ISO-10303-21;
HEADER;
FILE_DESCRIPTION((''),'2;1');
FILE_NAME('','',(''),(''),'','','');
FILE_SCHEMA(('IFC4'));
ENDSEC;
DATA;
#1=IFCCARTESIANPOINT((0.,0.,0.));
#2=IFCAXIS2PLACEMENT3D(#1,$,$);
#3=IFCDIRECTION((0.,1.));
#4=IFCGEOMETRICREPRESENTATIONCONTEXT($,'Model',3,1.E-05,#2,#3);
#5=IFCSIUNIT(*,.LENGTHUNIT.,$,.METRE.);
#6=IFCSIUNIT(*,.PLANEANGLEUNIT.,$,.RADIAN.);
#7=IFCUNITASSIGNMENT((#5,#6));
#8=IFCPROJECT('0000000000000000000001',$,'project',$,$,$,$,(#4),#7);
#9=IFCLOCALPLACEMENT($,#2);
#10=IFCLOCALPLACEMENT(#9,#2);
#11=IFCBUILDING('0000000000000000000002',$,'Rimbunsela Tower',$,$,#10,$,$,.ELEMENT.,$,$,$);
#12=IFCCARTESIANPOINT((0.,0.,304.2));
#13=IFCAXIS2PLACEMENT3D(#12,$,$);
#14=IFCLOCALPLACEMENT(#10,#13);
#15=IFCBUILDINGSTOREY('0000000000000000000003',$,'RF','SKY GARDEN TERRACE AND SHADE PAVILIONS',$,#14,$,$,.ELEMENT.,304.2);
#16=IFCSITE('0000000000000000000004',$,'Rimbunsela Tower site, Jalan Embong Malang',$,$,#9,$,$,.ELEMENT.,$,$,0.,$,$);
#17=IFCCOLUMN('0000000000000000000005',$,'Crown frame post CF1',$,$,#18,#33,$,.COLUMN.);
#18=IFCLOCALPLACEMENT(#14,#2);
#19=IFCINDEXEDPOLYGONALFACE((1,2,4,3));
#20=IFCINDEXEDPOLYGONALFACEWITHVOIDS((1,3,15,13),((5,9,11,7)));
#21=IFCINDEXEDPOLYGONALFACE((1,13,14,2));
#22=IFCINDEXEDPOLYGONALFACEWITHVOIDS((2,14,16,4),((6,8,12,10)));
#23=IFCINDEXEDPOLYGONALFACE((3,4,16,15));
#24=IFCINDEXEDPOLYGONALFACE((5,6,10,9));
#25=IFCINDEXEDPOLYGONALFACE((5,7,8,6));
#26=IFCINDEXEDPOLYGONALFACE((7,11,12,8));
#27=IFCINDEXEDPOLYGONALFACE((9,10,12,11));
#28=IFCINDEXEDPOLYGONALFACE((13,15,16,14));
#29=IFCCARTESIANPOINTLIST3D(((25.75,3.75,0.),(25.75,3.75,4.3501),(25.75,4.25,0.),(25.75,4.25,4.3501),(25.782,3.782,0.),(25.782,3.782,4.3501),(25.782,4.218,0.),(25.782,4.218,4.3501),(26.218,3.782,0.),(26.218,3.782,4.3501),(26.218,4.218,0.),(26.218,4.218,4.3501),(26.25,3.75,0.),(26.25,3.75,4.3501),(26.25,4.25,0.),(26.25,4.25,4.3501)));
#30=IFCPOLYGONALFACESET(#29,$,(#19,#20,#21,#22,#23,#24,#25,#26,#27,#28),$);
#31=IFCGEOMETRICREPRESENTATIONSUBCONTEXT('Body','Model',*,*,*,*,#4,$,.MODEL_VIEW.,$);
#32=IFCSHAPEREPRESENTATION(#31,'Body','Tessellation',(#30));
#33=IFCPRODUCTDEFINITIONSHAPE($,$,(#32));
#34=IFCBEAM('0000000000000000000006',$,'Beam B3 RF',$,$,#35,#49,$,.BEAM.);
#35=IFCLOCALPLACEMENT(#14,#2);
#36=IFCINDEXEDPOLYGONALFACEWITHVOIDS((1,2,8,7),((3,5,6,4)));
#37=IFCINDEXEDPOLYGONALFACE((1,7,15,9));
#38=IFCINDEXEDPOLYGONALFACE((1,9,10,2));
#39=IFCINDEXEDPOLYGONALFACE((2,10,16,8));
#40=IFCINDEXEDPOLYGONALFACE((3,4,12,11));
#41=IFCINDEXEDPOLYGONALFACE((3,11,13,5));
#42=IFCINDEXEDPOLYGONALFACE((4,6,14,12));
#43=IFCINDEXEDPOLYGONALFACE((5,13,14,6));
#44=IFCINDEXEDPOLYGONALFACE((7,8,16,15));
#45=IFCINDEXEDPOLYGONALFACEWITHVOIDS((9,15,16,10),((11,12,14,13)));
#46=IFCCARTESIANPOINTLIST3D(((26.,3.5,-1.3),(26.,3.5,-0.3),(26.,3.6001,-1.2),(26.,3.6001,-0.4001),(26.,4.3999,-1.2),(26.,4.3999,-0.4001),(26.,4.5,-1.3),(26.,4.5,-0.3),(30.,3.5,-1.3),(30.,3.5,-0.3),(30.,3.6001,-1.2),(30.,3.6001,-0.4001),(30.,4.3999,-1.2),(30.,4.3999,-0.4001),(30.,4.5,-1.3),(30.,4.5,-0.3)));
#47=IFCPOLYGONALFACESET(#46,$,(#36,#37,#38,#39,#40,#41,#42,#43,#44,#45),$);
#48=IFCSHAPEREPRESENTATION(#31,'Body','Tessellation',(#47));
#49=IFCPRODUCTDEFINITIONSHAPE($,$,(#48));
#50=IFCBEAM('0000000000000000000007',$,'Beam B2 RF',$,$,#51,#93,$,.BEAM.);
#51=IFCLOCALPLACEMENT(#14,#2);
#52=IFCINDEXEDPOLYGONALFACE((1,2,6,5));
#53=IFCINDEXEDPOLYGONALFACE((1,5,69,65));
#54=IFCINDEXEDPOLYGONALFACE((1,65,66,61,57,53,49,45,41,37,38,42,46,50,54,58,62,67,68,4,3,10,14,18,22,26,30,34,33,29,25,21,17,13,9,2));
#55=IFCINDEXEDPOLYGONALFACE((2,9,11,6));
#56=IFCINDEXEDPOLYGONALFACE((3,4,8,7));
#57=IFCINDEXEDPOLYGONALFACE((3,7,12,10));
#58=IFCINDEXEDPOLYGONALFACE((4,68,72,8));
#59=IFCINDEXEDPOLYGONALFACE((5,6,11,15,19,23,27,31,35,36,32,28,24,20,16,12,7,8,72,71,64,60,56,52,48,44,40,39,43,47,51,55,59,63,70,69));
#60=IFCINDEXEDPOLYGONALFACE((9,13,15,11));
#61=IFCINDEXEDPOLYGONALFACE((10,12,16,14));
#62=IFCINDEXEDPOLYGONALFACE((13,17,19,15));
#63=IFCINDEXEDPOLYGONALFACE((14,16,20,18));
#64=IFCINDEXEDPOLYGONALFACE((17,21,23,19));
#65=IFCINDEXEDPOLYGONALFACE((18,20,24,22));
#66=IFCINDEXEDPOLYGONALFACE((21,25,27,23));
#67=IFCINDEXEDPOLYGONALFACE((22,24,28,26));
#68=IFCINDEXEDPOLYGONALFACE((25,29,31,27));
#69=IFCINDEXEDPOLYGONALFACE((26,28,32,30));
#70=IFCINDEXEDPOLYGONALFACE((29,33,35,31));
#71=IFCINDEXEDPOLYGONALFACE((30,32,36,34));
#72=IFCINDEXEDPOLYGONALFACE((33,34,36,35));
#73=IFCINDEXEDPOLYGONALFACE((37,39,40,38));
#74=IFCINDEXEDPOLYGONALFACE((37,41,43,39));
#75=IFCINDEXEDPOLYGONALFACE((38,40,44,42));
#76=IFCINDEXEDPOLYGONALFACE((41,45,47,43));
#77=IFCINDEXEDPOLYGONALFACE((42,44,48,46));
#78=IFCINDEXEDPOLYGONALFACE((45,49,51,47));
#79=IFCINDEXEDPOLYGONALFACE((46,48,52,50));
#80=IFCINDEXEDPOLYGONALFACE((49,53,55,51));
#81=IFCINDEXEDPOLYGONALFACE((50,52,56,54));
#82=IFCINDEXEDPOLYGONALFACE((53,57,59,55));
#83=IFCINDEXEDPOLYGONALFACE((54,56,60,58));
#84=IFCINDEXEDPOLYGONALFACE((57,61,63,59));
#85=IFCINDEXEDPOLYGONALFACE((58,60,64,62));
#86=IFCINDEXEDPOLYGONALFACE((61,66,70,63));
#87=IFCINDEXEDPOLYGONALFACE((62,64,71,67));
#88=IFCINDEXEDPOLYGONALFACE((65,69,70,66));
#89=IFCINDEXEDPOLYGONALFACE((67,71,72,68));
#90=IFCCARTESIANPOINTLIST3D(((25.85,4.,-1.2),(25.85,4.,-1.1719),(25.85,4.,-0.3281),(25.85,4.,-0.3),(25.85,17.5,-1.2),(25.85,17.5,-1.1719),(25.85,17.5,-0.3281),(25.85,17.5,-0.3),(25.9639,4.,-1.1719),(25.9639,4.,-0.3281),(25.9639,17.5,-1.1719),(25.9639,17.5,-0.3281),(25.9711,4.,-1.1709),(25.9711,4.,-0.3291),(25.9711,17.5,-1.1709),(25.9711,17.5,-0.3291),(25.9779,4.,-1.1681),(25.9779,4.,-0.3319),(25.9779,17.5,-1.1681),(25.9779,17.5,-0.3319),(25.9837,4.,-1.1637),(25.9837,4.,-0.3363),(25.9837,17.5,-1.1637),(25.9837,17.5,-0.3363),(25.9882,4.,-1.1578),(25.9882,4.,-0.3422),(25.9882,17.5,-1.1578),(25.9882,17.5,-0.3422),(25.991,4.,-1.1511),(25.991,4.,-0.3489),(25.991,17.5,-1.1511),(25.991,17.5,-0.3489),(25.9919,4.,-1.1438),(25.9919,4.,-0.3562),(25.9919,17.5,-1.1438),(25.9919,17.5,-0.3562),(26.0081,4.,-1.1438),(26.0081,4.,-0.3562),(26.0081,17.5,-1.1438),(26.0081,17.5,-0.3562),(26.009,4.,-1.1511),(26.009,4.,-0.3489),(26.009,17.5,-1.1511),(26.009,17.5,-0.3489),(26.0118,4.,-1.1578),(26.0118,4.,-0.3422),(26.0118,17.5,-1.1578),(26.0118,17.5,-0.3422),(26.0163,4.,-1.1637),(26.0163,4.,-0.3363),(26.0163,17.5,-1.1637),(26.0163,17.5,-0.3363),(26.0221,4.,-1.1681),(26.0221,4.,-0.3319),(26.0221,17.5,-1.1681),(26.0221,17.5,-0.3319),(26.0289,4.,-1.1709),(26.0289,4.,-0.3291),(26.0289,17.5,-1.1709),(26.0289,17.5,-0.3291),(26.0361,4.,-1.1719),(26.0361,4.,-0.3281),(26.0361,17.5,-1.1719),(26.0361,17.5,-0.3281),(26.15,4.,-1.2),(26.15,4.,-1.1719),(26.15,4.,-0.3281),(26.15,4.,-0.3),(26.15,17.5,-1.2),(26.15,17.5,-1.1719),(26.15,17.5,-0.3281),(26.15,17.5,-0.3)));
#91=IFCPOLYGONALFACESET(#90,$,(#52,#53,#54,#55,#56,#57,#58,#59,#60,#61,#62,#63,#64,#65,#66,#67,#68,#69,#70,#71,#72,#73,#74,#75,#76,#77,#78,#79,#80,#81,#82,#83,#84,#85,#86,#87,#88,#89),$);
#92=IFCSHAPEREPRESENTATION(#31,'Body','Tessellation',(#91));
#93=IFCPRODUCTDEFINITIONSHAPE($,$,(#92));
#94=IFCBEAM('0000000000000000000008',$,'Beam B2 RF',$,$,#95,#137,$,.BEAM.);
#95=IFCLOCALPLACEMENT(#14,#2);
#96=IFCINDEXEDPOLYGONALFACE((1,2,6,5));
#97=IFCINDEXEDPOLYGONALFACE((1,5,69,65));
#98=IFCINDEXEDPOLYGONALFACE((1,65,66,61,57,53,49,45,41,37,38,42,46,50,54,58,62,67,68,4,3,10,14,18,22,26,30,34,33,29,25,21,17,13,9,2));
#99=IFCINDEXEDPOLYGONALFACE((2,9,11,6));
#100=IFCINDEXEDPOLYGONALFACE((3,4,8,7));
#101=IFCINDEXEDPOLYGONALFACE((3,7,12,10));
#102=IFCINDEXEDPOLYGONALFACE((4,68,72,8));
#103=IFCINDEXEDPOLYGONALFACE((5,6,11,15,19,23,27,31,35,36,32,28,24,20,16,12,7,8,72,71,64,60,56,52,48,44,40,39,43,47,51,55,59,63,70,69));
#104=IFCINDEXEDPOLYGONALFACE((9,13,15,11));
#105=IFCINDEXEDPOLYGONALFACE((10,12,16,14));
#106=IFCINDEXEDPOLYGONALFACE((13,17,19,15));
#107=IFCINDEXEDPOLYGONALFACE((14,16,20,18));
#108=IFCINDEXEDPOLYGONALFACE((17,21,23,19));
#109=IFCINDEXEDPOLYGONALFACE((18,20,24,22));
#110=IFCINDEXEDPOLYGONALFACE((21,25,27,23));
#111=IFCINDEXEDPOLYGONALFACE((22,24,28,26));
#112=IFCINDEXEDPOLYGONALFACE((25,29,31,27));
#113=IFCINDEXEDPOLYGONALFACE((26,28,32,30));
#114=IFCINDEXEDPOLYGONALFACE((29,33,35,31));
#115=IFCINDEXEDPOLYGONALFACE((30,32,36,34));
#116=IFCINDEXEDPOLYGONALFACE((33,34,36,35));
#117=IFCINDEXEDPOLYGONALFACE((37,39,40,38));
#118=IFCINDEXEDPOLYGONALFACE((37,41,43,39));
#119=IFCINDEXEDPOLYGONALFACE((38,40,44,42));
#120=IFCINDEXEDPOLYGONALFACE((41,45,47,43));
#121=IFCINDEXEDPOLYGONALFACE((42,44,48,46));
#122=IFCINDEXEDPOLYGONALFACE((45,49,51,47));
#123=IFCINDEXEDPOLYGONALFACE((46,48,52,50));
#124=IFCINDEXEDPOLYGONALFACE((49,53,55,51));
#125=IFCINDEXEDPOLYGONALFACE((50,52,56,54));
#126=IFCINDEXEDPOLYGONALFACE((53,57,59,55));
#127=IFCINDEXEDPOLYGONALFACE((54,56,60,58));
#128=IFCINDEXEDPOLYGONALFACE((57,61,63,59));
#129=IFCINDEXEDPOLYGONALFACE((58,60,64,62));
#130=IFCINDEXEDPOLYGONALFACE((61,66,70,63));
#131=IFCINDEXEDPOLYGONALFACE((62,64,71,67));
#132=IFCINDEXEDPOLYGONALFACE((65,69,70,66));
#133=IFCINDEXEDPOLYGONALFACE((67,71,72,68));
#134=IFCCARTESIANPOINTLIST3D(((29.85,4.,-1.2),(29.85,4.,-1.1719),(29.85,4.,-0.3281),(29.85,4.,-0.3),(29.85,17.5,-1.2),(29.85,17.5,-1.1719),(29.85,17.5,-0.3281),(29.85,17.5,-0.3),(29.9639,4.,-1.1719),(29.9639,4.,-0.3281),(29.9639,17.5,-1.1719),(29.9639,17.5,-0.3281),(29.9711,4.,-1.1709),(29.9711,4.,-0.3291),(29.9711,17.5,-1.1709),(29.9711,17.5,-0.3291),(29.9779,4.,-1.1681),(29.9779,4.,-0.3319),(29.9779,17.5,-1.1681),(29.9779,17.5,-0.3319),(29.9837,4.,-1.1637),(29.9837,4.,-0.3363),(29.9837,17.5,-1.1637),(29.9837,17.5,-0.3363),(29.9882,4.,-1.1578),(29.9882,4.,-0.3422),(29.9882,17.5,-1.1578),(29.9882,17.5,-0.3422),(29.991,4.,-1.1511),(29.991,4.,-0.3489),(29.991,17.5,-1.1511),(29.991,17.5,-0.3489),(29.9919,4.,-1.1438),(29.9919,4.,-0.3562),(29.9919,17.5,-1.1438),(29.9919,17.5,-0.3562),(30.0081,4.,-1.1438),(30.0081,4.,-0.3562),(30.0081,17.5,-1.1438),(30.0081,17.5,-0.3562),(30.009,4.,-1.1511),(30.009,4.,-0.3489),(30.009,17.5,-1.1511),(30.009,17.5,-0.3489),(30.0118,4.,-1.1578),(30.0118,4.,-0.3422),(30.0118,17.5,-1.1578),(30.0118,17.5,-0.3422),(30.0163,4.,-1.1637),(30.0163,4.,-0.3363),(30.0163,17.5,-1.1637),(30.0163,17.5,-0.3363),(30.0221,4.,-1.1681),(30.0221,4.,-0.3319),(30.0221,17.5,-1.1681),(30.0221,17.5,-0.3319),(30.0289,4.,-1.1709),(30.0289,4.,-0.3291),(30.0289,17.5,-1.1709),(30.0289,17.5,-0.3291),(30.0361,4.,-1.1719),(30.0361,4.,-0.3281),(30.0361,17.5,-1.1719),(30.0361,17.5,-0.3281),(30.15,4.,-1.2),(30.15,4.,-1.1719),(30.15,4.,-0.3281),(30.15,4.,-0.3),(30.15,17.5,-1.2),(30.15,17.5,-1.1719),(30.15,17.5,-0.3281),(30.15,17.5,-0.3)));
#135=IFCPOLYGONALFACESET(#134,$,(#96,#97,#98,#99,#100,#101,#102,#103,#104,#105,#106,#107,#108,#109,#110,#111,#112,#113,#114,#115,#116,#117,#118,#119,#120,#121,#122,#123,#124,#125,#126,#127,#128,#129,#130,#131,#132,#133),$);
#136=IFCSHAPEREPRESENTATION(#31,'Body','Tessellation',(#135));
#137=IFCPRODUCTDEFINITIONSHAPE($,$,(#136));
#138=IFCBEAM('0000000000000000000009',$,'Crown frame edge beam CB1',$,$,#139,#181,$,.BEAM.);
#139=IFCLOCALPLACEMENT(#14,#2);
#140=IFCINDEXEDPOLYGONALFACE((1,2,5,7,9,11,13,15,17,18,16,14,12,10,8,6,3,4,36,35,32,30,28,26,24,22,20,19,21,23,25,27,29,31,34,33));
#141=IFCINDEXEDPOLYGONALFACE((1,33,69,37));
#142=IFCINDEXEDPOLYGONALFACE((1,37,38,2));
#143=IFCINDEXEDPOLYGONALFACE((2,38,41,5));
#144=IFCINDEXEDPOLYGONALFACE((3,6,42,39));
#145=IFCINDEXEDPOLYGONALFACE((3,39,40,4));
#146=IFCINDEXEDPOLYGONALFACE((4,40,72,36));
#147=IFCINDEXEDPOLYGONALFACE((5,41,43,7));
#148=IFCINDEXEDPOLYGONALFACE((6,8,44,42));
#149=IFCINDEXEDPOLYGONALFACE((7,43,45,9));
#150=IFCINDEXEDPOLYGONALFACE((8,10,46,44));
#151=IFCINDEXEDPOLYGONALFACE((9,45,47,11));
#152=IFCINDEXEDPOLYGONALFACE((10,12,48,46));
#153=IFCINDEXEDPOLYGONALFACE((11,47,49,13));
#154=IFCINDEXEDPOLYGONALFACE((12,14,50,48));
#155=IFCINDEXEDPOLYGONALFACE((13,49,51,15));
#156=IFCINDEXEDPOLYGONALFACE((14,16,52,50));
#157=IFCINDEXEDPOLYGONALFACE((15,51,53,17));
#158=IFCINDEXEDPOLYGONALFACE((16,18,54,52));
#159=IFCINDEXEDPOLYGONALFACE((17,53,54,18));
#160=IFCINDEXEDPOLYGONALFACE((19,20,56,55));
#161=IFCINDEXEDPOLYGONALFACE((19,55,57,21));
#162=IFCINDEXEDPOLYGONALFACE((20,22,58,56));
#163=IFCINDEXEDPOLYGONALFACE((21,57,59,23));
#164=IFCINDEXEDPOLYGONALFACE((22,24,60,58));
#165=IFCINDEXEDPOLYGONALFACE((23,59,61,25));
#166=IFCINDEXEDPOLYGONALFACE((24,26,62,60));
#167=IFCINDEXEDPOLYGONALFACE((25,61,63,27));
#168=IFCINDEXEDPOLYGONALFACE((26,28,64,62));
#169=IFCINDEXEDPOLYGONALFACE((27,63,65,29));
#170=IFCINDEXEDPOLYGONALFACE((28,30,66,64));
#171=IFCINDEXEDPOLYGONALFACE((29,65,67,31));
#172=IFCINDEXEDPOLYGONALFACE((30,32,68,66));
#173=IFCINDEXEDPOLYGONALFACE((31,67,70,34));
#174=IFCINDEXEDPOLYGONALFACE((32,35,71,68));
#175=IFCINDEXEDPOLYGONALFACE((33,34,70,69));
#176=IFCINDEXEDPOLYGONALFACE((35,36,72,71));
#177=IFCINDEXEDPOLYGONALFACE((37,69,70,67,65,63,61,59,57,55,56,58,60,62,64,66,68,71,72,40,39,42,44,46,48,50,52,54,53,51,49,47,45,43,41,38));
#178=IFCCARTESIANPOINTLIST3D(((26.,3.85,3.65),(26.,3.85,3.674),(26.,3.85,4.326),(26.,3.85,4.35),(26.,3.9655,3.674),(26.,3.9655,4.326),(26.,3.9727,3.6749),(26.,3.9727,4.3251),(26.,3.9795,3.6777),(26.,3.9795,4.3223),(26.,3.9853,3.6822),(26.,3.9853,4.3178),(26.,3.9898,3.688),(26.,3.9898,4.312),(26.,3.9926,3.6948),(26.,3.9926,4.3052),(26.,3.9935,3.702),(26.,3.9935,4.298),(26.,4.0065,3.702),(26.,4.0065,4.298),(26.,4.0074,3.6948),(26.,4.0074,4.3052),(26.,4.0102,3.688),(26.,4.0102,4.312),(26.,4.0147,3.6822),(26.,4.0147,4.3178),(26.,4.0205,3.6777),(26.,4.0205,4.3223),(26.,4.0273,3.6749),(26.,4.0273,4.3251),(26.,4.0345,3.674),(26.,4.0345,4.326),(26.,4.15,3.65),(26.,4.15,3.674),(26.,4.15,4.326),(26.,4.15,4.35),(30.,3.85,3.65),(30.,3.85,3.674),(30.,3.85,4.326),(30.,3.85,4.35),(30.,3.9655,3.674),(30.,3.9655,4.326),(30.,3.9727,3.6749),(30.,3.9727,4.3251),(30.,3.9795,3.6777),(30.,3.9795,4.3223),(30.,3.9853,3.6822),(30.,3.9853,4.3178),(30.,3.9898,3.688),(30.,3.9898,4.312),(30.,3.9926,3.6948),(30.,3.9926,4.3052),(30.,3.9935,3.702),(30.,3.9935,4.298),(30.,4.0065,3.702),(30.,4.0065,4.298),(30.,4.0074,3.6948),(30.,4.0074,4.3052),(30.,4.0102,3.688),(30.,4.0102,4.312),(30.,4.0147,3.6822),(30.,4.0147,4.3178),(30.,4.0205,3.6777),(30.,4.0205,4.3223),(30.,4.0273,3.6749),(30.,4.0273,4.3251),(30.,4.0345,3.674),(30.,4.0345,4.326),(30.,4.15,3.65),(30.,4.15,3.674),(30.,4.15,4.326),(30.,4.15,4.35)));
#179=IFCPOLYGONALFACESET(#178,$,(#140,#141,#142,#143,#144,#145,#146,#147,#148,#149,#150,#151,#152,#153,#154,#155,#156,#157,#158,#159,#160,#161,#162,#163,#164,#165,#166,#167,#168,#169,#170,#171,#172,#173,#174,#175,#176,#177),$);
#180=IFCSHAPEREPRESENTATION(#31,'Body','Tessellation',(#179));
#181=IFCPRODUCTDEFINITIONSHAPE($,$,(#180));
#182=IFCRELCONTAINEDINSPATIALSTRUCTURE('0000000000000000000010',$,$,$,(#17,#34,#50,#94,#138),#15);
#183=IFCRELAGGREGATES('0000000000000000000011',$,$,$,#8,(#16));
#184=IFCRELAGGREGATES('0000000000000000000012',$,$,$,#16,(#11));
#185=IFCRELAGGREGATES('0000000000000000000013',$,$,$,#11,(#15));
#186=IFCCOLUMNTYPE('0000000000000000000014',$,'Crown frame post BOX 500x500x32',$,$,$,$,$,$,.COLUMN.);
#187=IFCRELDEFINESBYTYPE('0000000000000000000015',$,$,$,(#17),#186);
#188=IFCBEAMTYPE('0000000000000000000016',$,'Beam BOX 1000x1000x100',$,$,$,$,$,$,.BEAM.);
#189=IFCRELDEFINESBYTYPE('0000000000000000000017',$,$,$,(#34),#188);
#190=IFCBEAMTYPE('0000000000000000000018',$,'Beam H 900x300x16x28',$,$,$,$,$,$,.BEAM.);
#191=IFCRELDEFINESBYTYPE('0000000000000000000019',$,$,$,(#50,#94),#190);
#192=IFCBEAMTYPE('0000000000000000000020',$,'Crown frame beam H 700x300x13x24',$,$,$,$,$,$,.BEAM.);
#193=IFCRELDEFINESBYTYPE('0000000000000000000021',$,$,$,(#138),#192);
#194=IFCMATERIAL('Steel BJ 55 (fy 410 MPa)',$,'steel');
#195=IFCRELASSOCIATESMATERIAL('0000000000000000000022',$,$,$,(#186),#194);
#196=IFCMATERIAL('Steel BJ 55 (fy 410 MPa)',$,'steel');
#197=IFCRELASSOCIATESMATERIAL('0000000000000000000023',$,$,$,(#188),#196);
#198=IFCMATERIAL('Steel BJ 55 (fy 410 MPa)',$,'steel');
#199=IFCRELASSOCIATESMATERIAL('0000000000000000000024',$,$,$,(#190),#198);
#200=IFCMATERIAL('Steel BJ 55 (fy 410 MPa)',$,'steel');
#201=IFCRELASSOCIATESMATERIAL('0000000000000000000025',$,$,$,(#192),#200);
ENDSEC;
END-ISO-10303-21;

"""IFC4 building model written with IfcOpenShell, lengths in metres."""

from ifc_helpers import new_model, si_unit, direction, frame, origin, origin_2d, place, context, subcontext, project, spatial, hollow_rectangle, i_section, extrude, material, material_profile, profile_set, type_object, element, save


model = new_model("IFC4")

# Units and contexts
model_context = context("Model", 3, precision=1e-05, world=origin(), true_north=direction((0.0, 1.0)))
body_context = subcontext(model_context, "Body", "Model", "MODEL_VIEW")
ifc_project = project(units=[si_unit("LENGTHUNIT", "METRE"), si_unit("PLANEANGLEUNIT", "RADIAN")], contexts=[model_context])

# Site, building, storey
site_placement = place(None, origin())
site = spatial("IfcSite", under=ifc_project, at=site_placement, Name="Rimbunsela Tower site, Jalan Embong Malang", CompositionType="ELEMENT", RefElevation=0.0)
building_placement = place(site_placement, origin())
building = spatial("IfcBuilding", under=site, at=building_placement, Name="Rimbunsela Tower", CompositionType="ELEMENT")
storey_placement = place(building_placement, frame((0.0, 0.0, 304.2)))
storey = spatial("IfcBuildingStorey", under=building, at=storey_placement, Name="RF", Description="SKY GARDEN TERRACE AND SHADE PAVILIONS", CompositionType="ELEMENT", Elevation=304.2)

# Column
ifc_material_1 = material(Name="Steel BJ 55 (fy 410 MPa)", Category="steel")
ifc_material_profile_1 = material_profile(ifc_material_1, hollow_rectangle(XDim=0.5, YDim=0.5, WallThickness=0.032, at=origin_2d()), Name="BOX 500x500x32")
ifc_profile_set_1 = profile_set([ifc_material_profile_1], Name="Steel BJ 55 (fy 410 MPa)")
column_type = type_object("IfcColumnType", Name="Crown frame post BOX 500x500x32", PredefinedType="COLUMN", material=ifc_profile_set_1)
column_placement = place(storey_placement, frame((26.0, 4.0, 0.0), z_axis=(0.0, 0.0, 1.0), x_axis=(1.0, 0.0, 0.0)))
element("IfcColumn", 1, at=column_placement, inside=storey, type_object=column_type, Name="Crown frame post CF1", PredefinedType="COLUMN", context=body_context, shape_type="SweptSolid", body=[
    extrude(hollow_rectangle(XDim=0.5, YDim=0.5, WallThickness=0.032, at=origin_2d()), origin(), (0.0, 0.0, 1.0), 4.3501),
])

# Beams
ifc_material_2 = material(Name="Steel BJ 55 (fy 410 MPa)", Category="steel")
ifc_material_profile_2 = material_profile(ifc_material_2, hollow_rectangle(XDim=1.0, YDim=1.0, WallThickness=0.1001, at=origin_2d()), Name="BOX 1000x1000x100")
ifc_profile_set_2 = profile_set([ifc_material_profile_2], Name="Steel BJ 55 (fy 410 MPa)")
beam_type_1 = type_object("IfcBeamType", Name="Beam BOX 1000x1000x100", PredefinedType="BEAM", material=ifc_profile_set_2)
beam_1_placement = place(storey_placement, frame((26.0, 4.0, -0.8), z_axis=(1.0, 0.0, 0.0), x_axis=(0.0, 1.0, 0.0)))
element("IfcBeam", 2, at=beam_1_placement, inside=storey, type_object=beam_type_1, Name="Beam B3 RF", PredefinedType="BEAM", context=body_context, shape_type="SweptSolid", body=[
    extrude(hollow_rectangle(XDim=1.0, YDim=1.0, WallThickness=0.1001, at=origin_2d()), origin(), (0.0, 0.0, 1.0), 4.0),
])
ifc_material_3 = material(Name="Steel BJ 55 (fy 410 MPa)", Category="steel")
ifc_material_profile_3 = material_profile(ifc_material_3, i_section(OverallWidth=0.3, OverallDepth=0.8999, WebThickness=0.0161, FlangeThickness=0.0281, FilletRadius=0.0281, at=origin_2d()), Name="H 900x300x16x28")
ifc_profile_set_3 = profile_set([ifc_material_profile_3], Name="Steel BJ 55 (fy 410 MPa)")
beam_type_2 = type_object("IfcBeamType", Name="Beam H 900x300x16x28", PredefinedType="BEAM", material=ifc_profile_set_3)
for number, where, z_axis, x_axis, name in (
    (3, (26.0, 4.0, -0.75), (0.0, 1.0, 0.0), (-1.0, 0.0, 0.0), "Beam B2 RF"),
    (4, (30.0, 4.0, -0.75), (0.0, 1.0, 0.0), (-1.0, 0.0, 0.0), "Beam B2 RF"),
):
    element("IfcBeam", number, at=place(storey_placement, frame(where, z_axis=z_axis, x_axis=x_axis)), inside=storey, type_object=beam_type_2, Name=name, PredefinedType="BEAM", context=body_context, shape_type="SweptSolid", body=[
        extrude(i_section(OverallWidth=0.3, OverallDepth=0.8999, WebThickness=0.0161, FlangeThickness=0.0281, FilletRadius=0.0281, at=origin_2d()), origin(), (0.0, 0.0, 1.0), 13.5),
    ])
ifc_material_4 = material(Name="Steel BJ 55 (fy 410 MPa)", Category="steel")
ifc_material_profile_4 = material_profile(ifc_material_4, i_section(OverallWidth=0.3, OverallDepth=0.7, WebThickness=0.0129, FlangeThickness=0.0239, FilletRadius=0.0281, at=origin_2d()), Name="H 700x300x13x24")
ifc_profile_set_4 = profile_set([ifc_material_profile_4], Name="Steel BJ 55 (fy 410 MPa)")
beam_type_3 = type_object("IfcBeamType", Name="Crown frame beam H 700x300x13x24", PredefinedType="BEAM", material=ifc_profile_set_4)
beam_2_placement = place(storey_placement, frame((26.0, 4.0, 4.0), z_axis=(1.0, 0.0, 0.0), x_axis=(0.0, 1.0, 0.0)))
element("IfcBeam", 5, at=beam_2_placement, inside=storey, type_object=beam_type_3, Name="Crown frame edge beam CB1", PredefinedType="BEAM", context=body_context, shape_type="SweptSolid", body=[
    extrude(i_section(OverallWidth=0.3, OverallDepth=0.7, WebThickness=0.0129, FlangeThickness=0.0239, FilletRadius=0.0281, at=origin_2d()), origin(), (0.0, 0.0, 1.0), 4.0),
])

save(model, "model.ifc")
